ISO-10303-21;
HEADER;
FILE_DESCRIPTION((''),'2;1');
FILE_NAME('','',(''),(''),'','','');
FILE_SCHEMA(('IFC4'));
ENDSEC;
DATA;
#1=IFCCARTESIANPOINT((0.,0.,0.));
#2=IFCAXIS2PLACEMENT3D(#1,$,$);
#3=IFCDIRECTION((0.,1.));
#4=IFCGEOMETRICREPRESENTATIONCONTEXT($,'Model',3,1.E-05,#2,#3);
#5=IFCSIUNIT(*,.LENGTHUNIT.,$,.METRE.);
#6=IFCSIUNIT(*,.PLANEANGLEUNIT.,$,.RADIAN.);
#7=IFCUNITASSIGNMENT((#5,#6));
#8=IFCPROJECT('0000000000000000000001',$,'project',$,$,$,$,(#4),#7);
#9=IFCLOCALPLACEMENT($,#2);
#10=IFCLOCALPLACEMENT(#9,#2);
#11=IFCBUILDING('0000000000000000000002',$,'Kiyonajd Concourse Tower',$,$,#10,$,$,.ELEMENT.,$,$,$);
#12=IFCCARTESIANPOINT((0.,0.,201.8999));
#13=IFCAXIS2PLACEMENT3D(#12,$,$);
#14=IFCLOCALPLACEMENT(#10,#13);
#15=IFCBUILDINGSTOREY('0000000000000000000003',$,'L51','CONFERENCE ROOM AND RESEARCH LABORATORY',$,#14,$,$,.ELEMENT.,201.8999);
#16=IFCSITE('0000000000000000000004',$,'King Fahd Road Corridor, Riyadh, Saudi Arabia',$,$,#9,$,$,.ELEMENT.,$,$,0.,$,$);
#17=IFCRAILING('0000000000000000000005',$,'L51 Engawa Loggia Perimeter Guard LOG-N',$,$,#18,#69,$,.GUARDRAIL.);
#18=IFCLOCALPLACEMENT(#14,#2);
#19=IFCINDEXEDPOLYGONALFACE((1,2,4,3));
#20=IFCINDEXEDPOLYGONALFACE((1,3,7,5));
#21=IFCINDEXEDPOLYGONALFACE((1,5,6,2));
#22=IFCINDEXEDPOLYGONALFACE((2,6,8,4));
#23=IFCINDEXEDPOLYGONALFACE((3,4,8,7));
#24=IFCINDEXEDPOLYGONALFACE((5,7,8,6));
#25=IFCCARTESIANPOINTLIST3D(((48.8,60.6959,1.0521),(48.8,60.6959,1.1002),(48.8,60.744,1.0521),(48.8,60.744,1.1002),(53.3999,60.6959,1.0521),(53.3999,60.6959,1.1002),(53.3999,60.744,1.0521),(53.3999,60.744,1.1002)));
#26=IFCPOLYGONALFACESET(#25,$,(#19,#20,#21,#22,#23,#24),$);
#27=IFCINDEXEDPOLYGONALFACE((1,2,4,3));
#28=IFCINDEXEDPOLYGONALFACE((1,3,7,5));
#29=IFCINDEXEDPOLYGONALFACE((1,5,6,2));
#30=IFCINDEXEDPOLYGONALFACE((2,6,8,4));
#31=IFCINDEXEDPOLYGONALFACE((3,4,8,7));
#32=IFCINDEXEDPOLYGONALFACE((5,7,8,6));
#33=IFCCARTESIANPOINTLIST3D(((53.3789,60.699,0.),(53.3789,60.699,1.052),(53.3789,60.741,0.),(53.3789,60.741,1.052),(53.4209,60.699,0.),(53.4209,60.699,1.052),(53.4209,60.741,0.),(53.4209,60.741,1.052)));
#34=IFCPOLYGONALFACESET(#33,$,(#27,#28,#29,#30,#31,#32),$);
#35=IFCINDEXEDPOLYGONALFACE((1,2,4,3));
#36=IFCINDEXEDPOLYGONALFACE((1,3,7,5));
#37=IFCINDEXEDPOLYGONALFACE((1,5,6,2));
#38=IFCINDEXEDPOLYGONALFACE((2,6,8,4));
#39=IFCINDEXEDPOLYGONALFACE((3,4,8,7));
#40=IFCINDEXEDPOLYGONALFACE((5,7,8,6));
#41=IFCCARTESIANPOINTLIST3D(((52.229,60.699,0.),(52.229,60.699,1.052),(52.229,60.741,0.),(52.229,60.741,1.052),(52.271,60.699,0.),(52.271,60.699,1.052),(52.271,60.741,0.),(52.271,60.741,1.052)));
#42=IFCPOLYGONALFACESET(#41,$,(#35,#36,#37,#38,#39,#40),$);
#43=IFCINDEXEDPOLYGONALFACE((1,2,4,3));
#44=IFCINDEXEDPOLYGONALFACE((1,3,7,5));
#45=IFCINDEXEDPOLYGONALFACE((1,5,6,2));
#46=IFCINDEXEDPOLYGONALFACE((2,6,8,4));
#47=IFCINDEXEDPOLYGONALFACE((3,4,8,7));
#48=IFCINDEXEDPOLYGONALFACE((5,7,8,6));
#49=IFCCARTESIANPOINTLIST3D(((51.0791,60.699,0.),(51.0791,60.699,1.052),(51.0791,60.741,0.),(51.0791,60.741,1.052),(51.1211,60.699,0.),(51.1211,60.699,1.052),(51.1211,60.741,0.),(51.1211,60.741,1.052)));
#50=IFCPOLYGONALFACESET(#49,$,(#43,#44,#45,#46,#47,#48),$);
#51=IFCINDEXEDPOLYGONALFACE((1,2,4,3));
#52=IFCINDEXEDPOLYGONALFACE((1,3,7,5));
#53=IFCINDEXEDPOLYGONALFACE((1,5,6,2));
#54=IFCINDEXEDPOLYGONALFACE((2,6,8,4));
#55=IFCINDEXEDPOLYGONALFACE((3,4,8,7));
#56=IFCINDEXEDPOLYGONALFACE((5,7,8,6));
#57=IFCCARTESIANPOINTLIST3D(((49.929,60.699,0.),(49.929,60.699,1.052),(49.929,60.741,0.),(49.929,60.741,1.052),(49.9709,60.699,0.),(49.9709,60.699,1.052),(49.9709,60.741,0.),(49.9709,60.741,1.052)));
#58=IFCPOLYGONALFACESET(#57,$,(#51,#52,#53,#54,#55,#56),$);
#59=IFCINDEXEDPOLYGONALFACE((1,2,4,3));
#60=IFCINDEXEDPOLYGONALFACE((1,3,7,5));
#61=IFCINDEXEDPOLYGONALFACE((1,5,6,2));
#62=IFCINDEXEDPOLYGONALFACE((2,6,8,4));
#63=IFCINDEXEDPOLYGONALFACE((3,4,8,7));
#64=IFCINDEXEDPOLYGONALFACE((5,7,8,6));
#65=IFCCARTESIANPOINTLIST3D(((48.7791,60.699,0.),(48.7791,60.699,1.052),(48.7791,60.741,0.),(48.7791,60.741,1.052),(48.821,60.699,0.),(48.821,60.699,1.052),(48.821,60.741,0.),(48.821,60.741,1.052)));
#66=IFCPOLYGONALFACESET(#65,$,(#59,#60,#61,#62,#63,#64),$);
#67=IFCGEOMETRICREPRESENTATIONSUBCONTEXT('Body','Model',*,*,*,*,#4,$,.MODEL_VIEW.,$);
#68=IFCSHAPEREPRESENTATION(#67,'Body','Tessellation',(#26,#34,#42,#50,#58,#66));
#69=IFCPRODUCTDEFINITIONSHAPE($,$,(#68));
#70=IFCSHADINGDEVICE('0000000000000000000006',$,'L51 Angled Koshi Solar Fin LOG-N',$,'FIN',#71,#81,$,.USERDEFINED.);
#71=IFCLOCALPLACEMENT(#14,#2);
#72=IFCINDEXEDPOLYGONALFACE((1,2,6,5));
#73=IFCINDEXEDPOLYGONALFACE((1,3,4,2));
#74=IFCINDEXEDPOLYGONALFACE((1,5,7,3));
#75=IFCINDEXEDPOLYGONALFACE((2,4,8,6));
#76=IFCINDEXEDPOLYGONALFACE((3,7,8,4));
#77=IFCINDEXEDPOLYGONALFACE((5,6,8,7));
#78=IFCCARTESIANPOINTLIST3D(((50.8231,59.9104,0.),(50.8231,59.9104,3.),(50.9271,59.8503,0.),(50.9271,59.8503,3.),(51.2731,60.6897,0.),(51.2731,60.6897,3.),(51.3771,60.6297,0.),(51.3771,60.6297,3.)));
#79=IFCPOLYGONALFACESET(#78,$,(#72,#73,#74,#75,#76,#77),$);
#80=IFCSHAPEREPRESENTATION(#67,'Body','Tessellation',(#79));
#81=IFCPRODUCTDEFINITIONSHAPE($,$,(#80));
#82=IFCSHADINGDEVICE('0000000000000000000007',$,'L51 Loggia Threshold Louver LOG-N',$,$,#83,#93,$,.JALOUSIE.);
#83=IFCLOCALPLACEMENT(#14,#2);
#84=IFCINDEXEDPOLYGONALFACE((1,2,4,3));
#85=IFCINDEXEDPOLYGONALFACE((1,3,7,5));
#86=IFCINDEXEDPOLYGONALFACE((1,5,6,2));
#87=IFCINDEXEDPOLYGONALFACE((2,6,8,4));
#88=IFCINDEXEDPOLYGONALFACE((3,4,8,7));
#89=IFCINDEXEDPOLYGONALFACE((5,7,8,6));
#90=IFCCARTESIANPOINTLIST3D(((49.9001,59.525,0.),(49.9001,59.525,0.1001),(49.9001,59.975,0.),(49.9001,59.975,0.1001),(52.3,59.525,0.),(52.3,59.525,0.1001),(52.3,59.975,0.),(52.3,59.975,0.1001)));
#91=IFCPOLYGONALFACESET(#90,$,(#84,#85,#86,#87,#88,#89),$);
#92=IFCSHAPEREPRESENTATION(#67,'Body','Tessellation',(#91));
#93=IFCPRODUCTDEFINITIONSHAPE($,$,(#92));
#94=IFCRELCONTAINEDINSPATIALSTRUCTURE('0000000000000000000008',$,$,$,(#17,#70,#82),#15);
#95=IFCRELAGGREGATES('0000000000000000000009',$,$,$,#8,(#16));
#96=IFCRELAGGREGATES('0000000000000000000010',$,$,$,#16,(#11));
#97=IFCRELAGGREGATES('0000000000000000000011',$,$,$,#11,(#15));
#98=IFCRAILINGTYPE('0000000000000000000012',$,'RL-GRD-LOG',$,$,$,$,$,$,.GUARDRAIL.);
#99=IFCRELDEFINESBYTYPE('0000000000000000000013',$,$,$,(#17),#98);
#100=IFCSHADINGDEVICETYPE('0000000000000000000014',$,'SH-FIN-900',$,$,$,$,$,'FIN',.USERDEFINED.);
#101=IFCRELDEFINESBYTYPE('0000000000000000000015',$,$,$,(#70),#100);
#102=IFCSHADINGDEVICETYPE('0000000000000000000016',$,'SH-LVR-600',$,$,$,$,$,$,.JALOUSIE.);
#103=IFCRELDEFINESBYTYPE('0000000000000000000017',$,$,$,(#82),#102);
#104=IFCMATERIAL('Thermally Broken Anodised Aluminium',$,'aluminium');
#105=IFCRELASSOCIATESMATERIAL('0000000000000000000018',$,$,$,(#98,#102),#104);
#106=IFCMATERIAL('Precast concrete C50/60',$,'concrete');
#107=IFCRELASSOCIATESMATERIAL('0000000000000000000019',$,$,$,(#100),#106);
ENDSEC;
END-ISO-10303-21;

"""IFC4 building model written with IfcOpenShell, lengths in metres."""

from ifc_helpers import new_model, si_unit, direction, frame, origin, origin_2d, place, context, subcontext, project, spatial, rectangle, extrude, material, type_object, element, save


model = new_model("IFC4")

# Units and contexts
model_context = context("Model", 3, precision=1e-05, world=origin(), true_north=direction((0.0, 1.0)))
body_context = subcontext(model_context, "Body", "Model", "MODEL_VIEW")
ifc_project = project(units=[si_unit("LENGTHUNIT", "METRE"), si_unit("PLANEANGLEUNIT", "RADIAN")], contexts=[model_context])

# Site, building, storey
site_placement = place(None, origin())
site = spatial("IfcSite", under=ifc_project, at=site_placement, Name="King Fahd Road Corridor, Riyadh, Saudi Arabia", CompositionType="ELEMENT", RefElevation=0.0)
building_placement = place(site_placement, origin())
building = spatial("IfcBuilding", under=site, at=building_placement, Name="Kiyonajd Concourse Tower", CompositionType="ELEMENT")
storey_placement = place(building_placement, frame((0.0, 0.0, 201.8999)))
storey = spatial("IfcBuildingStorey", under=building, at=storey_placement, Name="L51", Description="CONFERENCE ROOM AND RESEARCH LABORATORY", CompositionType="ELEMENT", Elevation=201.8999)

# Shared definitions
ifc_material_1 = material(Name="Thermally Broken Anodised Aluminium", Category="aluminium")

# Shared definitions
ifc_material_2 = material(Name="Precast concrete C50/60", Category="concrete")

# Railing
railing_type = type_object("IfcRailingType", Name="RL-GRD-LOG", PredefinedType="GUARDRAIL", material=ifc_material_1)
railing_placement = place(storey_placement, frame((53.3999, 60.72, 0.0)))
element("IfcRailing", 1, at=railing_placement, inside=storey, type_object=railing_type, Name="L51 Engawa Loggia Perimeter Guard LOG-N", PredefinedType="GUARDRAIL", context=body_context, shape_type="SweptSolid", body=[
    extrude(rectangle(XDim=0.0481, YDim=0.0481, at=origin_2d()), frame((0.0, 0.0, 1.0762), z_axis=(-1.0, 0.0, 0.0), x_axis=(0.0, -1.0, 0.0)), (0.0, 0.0, 1.0), 4.5999),
    extrude(rectangle(XDim=0.042, YDim=0.042, at=origin_2d()), origin(), (0.0, 0.0, 1.0), 1.052),
    extrude(rectangle(XDim=0.042, YDim=0.042, at=origin_2d()), frame((-1.1499, 0.0, 0.0)), (0.0, 0.0, 1.0), 1.052),
    extrude(rectangle(XDim=0.042, YDim=0.042, at=origin_2d()), frame((-2.2998, 0.0, 0.0)), (0.0, 0.0, 1.0), 1.052),
    extrude(rectangle(XDim=0.042, YDim=0.042, at=origin_2d()), frame((-3.45, 0.0, 0.0)), (0.0, 0.0, 1.0), 1.052),
    extrude(rectangle(XDim=0.042, YDim=0.042, at=origin_2d()), frame((-4.5999, 0.0, 0.0)), (0.0, 0.0, 1.0), 1.052),
])

# Shading devices
shading_device_type_1 = type_object("IfcShadingDeviceType", Name="SH-FIN-900", ElementType="FIN", PredefinedType="USERDEFINED", material=ifc_material_2)
shading_device_1_placement = place(storey_placement, frame((51.1001, 60.27, 0.0), z_axis=(0.0, 0.0, 1.0), x_axis=(0.5, 0.866025, 0.0)))
element("IfcShadingDevice", 2, at=shading_device_1_placement, inside=storey, type_object=shading_device_type_1, Name="L51 Angled Koshi Solar Fin LOG-N", ObjectType="FIN", PredefinedType="USERDEFINED", context=body_context, shape_type="SweptSolid", body=[
    extrude(rectangle(XDim=0.8999, YDim=0.1201, at=origin_2d()), origin(), (0.0, 0.0, 1.0), 3.0),
])
shading_device_type_2 = type_object("IfcShadingDeviceType", Name="SH-LVR-600", PredefinedType="JALOUSIE", material=ifc_material_1)
shading_device_2_placement = place(storey_placement, frame((51.1001, 59.75, 0.0), z_axis=(0.0, 0.0, 1.0), x_axis=(1.0, 0.0, 0.0)))
element("IfcShadingDevice", 3, at=shading_device_2_placement, inside=storey, type_object=shading_device_type_2, Name="L51 Loggia Threshold Louver LOG-N", PredefinedType="JALOUSIE", context=body_context, shape_type="SweptSolid", body=[
    extrude(rectangle(XDim=2.3999, YDim=0.45, at=origin_2d()), origin(), (0.0, 0.0, 1.0), 0.1001),
])

save(model, "model.ifc")
